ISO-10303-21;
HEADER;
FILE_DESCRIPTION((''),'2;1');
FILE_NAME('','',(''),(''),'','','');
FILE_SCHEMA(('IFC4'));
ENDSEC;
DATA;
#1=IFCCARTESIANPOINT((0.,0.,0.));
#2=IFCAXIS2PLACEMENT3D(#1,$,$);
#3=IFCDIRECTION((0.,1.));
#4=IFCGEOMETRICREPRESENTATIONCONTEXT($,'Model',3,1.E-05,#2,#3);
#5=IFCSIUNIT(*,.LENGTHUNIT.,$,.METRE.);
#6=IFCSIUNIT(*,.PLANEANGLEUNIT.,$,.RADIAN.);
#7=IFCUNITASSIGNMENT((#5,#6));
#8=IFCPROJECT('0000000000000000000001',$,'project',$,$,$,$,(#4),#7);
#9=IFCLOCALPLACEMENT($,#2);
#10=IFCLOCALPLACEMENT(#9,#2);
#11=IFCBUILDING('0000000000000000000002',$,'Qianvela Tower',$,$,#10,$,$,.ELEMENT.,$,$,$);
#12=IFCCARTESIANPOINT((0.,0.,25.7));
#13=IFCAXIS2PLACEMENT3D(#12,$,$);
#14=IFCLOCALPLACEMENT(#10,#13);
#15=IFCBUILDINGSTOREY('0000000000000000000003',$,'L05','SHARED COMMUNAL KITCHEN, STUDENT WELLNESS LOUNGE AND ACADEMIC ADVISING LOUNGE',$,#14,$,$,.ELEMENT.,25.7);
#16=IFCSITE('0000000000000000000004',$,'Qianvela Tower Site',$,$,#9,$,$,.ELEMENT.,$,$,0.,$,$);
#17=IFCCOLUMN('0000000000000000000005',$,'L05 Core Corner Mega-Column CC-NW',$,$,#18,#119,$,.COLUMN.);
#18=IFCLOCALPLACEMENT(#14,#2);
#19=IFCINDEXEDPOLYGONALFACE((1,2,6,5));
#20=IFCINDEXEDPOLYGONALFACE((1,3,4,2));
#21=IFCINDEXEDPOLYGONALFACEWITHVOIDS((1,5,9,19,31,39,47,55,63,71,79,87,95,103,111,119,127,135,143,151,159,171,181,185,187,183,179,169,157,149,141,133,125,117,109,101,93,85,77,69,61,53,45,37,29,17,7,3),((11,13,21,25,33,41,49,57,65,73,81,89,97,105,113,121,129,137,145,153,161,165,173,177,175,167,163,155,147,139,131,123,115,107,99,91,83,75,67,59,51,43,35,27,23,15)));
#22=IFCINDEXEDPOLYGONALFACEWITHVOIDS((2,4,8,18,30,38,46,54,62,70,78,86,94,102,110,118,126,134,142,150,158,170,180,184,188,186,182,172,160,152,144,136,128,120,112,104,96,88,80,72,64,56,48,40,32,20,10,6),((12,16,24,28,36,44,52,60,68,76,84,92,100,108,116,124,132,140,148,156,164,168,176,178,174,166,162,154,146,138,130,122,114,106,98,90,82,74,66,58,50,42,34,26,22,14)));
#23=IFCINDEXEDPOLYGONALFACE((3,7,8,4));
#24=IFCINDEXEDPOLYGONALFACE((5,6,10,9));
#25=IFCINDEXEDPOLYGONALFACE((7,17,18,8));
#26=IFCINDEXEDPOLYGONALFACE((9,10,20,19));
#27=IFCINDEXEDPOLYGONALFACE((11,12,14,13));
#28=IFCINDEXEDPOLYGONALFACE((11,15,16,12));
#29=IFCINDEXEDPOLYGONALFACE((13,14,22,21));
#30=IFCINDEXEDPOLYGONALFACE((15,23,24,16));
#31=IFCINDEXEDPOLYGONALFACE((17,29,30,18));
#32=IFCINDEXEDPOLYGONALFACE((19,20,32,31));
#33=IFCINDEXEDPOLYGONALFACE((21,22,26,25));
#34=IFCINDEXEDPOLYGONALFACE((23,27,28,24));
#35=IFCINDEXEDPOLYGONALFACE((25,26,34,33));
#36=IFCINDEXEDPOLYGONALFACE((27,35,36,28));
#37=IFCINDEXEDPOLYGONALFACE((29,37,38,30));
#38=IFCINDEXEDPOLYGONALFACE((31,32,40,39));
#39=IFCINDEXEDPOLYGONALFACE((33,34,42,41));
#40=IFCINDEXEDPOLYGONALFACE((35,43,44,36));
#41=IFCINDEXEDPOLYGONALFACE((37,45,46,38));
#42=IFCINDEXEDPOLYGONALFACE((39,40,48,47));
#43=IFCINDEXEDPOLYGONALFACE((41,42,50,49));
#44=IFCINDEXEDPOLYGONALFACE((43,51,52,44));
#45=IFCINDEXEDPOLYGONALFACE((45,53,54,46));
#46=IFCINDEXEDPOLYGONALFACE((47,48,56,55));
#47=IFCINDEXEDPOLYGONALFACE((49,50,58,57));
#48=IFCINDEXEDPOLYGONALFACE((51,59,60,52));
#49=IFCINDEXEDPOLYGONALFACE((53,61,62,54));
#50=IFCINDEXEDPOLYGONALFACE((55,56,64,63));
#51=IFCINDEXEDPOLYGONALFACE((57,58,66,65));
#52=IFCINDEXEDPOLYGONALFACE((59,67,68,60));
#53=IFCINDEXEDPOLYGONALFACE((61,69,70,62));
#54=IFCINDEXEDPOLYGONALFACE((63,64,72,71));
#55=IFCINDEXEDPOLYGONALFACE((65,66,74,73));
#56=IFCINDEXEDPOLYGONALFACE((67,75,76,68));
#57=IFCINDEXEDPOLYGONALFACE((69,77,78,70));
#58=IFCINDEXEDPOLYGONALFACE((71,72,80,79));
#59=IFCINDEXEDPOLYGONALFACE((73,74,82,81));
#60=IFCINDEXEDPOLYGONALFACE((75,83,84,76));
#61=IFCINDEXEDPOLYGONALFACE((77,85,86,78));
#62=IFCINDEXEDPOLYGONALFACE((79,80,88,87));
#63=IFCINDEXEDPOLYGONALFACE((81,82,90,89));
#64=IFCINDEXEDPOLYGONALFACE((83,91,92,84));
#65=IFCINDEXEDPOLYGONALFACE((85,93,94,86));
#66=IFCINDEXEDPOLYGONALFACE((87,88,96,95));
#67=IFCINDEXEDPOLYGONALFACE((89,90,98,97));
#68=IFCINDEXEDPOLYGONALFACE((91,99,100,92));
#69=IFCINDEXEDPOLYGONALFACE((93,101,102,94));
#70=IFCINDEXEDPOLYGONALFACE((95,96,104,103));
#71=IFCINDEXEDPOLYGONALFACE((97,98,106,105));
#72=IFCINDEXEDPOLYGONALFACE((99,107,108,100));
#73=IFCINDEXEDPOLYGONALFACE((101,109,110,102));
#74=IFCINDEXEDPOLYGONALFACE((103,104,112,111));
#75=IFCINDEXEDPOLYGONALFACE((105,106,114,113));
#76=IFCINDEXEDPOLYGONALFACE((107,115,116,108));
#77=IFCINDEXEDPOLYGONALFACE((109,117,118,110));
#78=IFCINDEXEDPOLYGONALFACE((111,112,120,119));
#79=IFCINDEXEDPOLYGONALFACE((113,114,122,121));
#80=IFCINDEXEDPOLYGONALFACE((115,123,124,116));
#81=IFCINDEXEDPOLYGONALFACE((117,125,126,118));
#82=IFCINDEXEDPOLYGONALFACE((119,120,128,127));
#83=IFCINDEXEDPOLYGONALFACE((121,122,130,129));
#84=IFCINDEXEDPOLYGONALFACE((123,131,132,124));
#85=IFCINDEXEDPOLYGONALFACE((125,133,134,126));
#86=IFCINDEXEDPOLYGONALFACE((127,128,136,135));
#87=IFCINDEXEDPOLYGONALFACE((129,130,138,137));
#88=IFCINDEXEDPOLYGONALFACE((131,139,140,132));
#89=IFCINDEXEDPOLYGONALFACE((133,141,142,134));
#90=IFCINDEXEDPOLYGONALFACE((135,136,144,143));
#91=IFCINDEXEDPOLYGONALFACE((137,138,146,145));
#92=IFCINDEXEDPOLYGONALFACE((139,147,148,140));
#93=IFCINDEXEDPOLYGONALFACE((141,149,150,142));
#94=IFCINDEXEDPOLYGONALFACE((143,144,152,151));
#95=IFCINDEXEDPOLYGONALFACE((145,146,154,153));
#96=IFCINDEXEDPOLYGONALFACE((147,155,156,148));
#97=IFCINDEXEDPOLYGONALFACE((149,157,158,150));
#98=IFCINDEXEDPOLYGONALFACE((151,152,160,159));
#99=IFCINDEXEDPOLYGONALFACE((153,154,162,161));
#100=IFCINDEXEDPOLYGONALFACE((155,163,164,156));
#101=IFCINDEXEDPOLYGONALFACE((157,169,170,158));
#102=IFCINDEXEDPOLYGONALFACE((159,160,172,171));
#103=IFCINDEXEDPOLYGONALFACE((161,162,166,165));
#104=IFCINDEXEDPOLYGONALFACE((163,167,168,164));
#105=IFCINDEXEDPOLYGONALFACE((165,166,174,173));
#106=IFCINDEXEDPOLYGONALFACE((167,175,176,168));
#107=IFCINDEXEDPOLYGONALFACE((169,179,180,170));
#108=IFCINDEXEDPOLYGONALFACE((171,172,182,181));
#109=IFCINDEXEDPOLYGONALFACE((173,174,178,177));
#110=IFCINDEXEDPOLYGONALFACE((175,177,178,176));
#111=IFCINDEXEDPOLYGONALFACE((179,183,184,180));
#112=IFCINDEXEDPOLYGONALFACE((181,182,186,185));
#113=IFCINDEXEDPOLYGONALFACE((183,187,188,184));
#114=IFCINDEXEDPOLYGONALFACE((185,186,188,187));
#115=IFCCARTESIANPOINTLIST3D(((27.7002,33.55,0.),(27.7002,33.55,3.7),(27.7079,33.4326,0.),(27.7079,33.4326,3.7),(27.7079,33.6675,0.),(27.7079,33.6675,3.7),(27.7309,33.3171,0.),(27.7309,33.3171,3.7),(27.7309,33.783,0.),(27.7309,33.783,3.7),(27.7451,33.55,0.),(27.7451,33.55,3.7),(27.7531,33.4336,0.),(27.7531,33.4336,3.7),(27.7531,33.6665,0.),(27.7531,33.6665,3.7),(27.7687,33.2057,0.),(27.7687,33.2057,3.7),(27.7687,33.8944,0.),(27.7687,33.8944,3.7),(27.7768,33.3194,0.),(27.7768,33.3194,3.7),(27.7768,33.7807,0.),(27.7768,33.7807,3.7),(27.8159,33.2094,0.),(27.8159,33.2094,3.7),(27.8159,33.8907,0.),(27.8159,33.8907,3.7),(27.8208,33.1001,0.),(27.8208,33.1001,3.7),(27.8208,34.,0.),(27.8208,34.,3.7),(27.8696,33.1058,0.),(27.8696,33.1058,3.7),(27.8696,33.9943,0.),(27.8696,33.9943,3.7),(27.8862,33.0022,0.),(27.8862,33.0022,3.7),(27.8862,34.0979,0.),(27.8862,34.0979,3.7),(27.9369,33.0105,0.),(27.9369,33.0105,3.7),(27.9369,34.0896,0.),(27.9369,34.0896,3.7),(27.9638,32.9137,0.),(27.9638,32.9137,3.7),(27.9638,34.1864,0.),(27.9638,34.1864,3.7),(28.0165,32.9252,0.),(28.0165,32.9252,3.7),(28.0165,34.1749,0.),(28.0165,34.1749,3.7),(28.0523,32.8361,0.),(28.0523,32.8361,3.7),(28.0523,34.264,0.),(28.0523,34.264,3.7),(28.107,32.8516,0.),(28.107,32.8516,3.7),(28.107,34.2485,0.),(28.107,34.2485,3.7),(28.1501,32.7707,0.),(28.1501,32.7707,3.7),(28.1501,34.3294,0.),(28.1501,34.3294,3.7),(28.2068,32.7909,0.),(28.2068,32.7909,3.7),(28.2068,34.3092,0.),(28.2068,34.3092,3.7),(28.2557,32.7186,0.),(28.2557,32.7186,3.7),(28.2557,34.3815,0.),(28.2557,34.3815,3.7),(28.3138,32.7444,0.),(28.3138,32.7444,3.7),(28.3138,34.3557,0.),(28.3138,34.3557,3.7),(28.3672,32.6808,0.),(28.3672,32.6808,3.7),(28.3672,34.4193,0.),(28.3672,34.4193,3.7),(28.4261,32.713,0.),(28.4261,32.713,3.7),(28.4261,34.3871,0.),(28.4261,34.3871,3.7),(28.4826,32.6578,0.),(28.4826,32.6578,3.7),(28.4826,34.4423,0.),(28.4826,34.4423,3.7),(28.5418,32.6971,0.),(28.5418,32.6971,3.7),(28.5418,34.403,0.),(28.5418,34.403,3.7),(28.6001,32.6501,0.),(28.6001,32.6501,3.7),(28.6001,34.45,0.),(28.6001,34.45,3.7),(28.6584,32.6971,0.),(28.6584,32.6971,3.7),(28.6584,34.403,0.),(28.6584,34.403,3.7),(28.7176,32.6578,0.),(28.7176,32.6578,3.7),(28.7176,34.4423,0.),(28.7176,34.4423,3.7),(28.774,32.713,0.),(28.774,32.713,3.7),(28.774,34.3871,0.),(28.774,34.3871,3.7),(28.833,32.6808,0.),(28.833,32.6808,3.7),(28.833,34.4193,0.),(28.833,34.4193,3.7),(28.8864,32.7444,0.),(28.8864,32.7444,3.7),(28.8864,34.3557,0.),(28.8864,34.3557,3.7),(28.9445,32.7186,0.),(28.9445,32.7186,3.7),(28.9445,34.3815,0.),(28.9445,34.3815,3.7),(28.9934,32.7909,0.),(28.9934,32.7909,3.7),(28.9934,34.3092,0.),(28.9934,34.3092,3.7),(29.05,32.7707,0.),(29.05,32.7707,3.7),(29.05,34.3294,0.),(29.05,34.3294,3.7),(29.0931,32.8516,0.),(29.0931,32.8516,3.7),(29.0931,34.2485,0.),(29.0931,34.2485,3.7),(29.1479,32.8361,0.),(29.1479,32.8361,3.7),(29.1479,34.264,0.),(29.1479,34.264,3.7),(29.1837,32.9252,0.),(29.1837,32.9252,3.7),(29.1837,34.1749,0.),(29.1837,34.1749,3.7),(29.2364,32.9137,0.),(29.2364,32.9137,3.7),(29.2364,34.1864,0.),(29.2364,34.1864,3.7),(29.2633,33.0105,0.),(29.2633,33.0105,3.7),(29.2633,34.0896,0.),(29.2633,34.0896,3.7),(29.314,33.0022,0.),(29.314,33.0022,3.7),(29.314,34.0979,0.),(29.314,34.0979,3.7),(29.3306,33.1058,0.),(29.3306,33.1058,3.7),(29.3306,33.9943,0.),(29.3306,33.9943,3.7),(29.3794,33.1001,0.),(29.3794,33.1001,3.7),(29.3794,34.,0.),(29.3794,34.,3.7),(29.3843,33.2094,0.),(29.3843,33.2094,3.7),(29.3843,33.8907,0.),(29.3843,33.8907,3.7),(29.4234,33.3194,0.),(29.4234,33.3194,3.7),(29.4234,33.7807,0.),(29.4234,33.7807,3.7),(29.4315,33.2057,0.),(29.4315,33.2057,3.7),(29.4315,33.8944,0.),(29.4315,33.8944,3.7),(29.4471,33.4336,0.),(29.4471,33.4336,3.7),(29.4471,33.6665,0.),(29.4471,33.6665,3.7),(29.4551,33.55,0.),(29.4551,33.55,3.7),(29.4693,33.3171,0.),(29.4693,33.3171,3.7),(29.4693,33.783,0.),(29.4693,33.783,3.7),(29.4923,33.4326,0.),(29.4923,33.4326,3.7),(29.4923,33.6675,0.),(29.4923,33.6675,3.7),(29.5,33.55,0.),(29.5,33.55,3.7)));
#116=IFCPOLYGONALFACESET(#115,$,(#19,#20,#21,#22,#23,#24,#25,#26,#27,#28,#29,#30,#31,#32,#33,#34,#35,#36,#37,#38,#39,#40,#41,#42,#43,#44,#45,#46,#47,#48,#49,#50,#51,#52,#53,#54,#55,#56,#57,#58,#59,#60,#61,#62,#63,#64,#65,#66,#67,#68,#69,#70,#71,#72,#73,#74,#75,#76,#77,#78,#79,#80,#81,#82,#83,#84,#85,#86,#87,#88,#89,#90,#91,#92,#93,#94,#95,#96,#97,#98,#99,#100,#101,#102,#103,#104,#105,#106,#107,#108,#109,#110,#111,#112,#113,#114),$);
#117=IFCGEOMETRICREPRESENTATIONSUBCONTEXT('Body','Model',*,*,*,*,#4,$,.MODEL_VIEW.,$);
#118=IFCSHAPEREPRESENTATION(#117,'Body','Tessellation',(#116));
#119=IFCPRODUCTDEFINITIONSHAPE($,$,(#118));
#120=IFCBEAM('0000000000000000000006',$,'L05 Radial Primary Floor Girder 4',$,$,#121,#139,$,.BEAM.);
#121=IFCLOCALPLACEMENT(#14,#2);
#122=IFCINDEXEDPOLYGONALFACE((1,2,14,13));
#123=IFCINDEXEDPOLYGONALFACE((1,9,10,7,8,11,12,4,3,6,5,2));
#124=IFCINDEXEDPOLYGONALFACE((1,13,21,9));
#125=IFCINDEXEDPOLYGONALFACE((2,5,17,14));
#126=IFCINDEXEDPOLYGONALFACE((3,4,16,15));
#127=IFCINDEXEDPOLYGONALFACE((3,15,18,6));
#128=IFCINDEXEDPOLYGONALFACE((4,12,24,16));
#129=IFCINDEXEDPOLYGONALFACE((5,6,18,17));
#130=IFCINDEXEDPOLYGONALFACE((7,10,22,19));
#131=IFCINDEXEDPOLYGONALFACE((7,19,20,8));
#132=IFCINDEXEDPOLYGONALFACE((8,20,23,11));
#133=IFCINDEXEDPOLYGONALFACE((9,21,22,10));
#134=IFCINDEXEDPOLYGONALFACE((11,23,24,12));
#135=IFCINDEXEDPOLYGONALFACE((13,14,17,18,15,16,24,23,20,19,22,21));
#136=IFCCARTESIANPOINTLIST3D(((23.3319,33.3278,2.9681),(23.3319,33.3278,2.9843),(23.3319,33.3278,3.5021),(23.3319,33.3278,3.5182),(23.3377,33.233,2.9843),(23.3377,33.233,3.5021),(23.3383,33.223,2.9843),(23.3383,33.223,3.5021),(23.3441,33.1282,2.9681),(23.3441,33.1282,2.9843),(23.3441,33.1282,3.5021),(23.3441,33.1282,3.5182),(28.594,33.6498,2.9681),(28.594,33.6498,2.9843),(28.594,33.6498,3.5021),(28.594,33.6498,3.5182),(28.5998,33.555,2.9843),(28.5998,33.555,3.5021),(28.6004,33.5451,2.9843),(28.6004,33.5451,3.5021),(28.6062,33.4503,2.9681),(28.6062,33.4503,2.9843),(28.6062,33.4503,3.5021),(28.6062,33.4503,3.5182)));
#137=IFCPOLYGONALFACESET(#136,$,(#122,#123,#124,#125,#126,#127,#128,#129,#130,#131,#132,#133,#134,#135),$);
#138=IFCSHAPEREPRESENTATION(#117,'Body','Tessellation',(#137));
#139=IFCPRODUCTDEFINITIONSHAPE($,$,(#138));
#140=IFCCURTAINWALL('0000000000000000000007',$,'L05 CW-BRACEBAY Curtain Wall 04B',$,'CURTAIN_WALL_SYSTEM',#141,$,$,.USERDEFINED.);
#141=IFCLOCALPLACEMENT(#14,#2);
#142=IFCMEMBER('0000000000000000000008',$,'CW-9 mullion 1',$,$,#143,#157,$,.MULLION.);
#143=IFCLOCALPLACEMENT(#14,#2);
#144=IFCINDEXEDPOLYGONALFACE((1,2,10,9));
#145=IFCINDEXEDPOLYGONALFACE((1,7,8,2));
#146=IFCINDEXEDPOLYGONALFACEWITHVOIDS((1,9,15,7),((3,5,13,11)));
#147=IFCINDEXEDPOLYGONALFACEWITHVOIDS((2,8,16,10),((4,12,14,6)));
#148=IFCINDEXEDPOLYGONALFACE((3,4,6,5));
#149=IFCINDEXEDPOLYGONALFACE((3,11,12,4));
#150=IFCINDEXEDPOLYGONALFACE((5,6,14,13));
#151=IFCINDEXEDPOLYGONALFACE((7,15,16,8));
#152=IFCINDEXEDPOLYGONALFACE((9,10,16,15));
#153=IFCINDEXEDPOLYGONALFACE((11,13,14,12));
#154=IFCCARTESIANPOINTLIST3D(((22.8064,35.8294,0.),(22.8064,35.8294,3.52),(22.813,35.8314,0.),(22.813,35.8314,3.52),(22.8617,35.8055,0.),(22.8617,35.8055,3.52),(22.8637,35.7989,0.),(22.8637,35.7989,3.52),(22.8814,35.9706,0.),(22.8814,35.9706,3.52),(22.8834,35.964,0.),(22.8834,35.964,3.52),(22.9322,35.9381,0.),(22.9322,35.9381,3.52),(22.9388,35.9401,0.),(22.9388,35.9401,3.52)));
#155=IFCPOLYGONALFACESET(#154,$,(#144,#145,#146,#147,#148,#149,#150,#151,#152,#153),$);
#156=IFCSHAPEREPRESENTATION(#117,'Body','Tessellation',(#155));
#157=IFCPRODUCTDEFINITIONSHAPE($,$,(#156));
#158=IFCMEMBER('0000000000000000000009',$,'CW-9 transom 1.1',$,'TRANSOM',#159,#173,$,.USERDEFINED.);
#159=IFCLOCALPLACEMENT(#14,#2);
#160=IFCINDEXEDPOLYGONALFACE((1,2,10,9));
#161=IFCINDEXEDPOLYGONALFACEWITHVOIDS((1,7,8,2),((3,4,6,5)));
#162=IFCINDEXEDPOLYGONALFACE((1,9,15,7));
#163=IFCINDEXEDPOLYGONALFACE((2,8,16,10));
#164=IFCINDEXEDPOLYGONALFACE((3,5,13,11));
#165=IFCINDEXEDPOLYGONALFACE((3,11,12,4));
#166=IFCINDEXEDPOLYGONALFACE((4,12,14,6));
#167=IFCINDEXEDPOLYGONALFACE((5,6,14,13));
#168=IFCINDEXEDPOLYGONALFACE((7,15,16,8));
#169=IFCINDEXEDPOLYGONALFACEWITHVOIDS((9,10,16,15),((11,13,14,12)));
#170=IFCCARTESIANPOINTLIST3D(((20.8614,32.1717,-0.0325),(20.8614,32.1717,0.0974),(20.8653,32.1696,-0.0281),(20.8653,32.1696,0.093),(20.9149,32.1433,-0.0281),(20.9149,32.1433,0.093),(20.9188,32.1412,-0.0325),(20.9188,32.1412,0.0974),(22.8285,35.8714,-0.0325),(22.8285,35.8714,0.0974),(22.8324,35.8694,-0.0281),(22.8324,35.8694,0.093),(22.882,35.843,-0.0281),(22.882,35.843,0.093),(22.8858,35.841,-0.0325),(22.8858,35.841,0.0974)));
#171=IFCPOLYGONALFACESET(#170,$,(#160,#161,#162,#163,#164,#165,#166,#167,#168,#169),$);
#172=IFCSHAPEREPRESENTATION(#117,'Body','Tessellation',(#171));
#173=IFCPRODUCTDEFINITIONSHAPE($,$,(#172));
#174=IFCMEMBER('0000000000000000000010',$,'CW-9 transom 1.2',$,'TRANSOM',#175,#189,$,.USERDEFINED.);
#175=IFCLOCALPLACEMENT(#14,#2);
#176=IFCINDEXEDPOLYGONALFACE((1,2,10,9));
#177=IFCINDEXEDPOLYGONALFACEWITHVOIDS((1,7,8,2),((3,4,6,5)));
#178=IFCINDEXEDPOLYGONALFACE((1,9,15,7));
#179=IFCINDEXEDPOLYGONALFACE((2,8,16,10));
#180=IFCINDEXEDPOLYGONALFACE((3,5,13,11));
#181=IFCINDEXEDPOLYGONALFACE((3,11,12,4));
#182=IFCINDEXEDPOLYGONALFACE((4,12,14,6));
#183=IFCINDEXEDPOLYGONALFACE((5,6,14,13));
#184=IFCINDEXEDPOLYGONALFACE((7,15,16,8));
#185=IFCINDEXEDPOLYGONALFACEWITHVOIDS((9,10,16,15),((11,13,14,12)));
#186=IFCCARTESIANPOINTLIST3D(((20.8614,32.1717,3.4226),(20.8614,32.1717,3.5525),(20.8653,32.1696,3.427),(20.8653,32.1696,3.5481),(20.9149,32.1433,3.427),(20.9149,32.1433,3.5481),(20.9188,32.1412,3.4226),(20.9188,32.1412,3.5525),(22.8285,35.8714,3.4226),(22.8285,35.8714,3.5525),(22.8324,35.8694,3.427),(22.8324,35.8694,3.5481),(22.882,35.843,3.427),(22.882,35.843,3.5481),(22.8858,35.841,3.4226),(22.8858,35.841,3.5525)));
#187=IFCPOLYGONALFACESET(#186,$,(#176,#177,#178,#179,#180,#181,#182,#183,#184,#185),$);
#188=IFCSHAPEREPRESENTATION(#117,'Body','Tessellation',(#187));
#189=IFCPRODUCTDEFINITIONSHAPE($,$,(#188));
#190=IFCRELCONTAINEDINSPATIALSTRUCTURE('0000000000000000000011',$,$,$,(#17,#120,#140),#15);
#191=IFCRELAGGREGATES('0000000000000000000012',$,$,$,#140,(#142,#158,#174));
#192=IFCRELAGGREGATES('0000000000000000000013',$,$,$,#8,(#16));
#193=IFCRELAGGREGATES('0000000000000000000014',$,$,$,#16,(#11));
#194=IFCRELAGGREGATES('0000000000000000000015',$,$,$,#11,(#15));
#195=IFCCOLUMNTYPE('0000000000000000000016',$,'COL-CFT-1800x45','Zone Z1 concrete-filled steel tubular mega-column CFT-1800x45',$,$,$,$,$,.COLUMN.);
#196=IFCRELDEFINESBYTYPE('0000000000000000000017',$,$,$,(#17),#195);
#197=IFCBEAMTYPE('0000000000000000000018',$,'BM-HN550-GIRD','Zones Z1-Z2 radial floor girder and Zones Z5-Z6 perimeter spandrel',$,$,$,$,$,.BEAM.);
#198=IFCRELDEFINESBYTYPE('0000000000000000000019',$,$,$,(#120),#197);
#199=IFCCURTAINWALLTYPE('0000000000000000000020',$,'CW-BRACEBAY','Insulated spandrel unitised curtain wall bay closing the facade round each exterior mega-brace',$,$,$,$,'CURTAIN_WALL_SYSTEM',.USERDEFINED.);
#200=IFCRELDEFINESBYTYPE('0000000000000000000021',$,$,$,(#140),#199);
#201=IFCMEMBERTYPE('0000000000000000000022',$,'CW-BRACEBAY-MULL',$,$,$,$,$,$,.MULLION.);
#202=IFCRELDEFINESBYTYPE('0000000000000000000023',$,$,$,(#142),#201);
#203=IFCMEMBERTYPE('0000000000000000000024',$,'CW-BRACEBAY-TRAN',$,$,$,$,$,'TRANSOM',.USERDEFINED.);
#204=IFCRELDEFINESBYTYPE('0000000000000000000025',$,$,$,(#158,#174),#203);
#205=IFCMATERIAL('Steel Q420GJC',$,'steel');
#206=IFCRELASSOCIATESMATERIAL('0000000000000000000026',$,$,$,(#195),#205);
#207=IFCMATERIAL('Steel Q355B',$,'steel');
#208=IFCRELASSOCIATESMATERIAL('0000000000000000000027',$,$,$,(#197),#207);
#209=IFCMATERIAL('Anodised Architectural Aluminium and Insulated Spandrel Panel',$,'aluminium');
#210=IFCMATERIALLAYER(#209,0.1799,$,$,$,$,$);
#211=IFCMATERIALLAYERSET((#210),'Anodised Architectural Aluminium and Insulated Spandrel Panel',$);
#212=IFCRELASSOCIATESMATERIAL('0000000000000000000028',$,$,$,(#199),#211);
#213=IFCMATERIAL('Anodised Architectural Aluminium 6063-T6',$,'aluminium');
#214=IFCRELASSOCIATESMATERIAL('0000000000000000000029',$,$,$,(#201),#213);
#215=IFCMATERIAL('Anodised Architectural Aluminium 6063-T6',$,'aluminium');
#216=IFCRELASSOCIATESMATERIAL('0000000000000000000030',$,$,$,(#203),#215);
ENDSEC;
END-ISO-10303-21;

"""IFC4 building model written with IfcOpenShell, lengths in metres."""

from ifc_helpers import new_model, si_unit, direction, frame, origin, origin_2d, place, context, subcontext, project, spatial, hollow_rectangle, hollow_circle, i_section, extrude, material, layer, layer_set, material_profile, profile_set, type_object, element, aggregate, save


model = new_model("IFC4")

# Units and contexts
model_context = context("Model", 3, precision=1e-05, world=origin(), true_north=direction((0.0, 1.0)))
body_context = subcontext(model_context, "Body", "Model", "MODEL_VIEW")
ifc_project = project(units=[si_unit("LENGTHUNIT", "METRE"), si_unit("PLANEANGLEUNIT", "RADIAN")], contexts=[model_context])

# Site, building, storey
site_placement = place(None, origin())
site = spatial("IfcSite", under=ifc_project, at=site_placement, Name="Qianvela Tower Site", CompositionType="ELEMENT", RefElevation=0.0)
building_placement = place(site_placement, origin())
building = spatial("IfcBuilding", under=site, at=building_placement, Name="Qianvela Tower", CompositionType="ELEMENT")
storey_placement = place(building_placement, frame((0.0, 0.0, 25.7)))
storey = spatial("IfcBuildingStorey", under=building, at=storey_placement, Name="L05", Description="SHARED COMMUNAL KITCHEN, STUDENT WELLNESS LOUNGE AND ACADEMIC ADVISING LOUNGE", CompositionType="ELEMENT", Elevation=25.7)

# Column
ifc_material_1 = material(Name="Steel Q420GJC", Category="steel")
ifc_material_profile_1 = material_profile(ifc_material_1, hollow_circle(Radius=0.8999, WallThickness=0.0449, at=origin_2d()), Name="CFT-1800x45")
ifc_profile_set_1 = profile_set([ifc_material_profile_1], Name="Steel Q420GJC")
column_type = type_object("IfcColumnType", Name="COL-CFT-1800x45", Description="Zone Z1 concrete-filled steel tubular mega-column CFT-1800x45", PredefinedType="COLUMN", material=ifc_profile_set_1)
column_placement = place(storey_placement, frame((28.6001, 33.55, 0.0), z_axis=(0.0, 0.0, 1.0), x_axis=(1.0, 0.0, 0.0)))
element("IfcColumn", 1, at=column_placement, inside=storey, type_object=column_type, Name="L05 Core Corner Mega-Column CC-NW", PredefinedType="COLUMN", context=body_context, shape_type="SweptSolid", body=[
    extrude(hollow_circle(Radius=0.8999, WallThickness=0.0449, at=origin_2d()), origin(), (0.0, 0.0, 1.0), 3.7),
])

# Beam
ifc_material_2 = material(Name="Steel Q355B", Category="steel")
ifc_material_profile_2 = material_profile(ifc_material_2, i_section(OverallWidth=0.2, OverallDepth=0.55, WebThickness=0.01, FlangeThickness=0.0161, at=origin_2d()), Name="HN550x200x10x16")
ifc_profile_set_2 = profile_set([ifc_material_profile_2], Name="Steel Q355B")
beam_type = type_object("IfcBeamType", Name="BM-HN550-GIRD", Description="Zones Z1-Z2 radial floor girder and Zones Z5-Z6 perimeter spandrel", PredefinedType="BEAM", material=ifc_profile_set_2)
beam_placement = place(storey_placement, frame((28.6001, 33.55, 3.2432), z_axis=(-0.998133, -0.061081, 0.0), x_axis=(0.061081, -0.998133, 0.0)))
element("IfcBeam", 2, at=beam_placement, inside=storey, type_object=beam_type, Name="L05 Radial Primary Floor Girder 4", PredefinedType="BEAM", context=body_context, shape_type="SweptSolid", body=[
    extrude(i_section(OverallWidth=0.2, OverallDepth=0.55, WebThickness=0.01, FlangeThickness=0.0161, at=origin_2d()), origin(), (0.0, 0.0, 1.0), 5.272),
])

# Curtain wall, members
ifc_material_3 = material(Name="Anodised Architectural Aluminium and Insulated Spandrel Panel", Category="aluminium")
ifc_layer_1 = layer(ifc_material_3, 0.1799)
ifc_layer_set_1 = layer_set([ifc_layer_1], Name="Anodised Architectural Aluminium and Insulated Spandrel Panel")
curtain_wall_type_1 = type_object("IfcCurtainWallType", Name="CW-BRACEBAY", Description="Insulated spandrel unitised curtain wall bay closing the facade round each exterior mega-brace", ElementType="CURTAIN_WALL_SYSTEM", PredefinedType="USERDEFINED", material=ifc_layer_set_1)
curtain_wall_1_placement = place(storey_placement, origin())
curtain_wall_1 = element("IfcCurtainWall", 3, at=curtain_wall_1_placement, inside=storey, type_object=curtain_wall_type_1, Name="L05 CW-BRACEBAY Curtain Wall 04B", ObjectType="CURTAIN_WALL_SYSTEM", PredefinedType="USERDEFINED")
ifc_material_4 = material(Name="Anodised Architectural Aluminium 6063-T6", Category="aluminium")
ifc_material_profile_3 = material_profile(ifc_material_4, hollow_rectangle(XDim=0.0649, YDim=0.1599, WallThickness=0.0049, at=origin_2d()), Name="ALU-MULL-65x160")
ifc_profile_set_3 = profile_set([ifc_material_profile_3], Name="Anodised Architectural Aluminium 6063-T6")
member_type_1 = type_object("IfcMemberType", Name="CW-BRACEBAY-MULL", PredefinedType="MULLION", material=ifc_profile_set_3)
member_1_placement = place(storey_placement, frame((22.8726, 35.8848, 0.0), z_axis=(0.0, 0.0, 1.0), x_axis=(0.882943, -0.46948, 0.0)))
member_1 = element("IfcMember", 4, at=member_1_placement, type_object=member_type_1, Name="CW-9 mullion 1", PredefinedType="MULLION", context=body_context, shape_type="SweptSolid", body=[
    extrude(hollow_rectangle(XDim=0.0649, YDim=0.1599, WallThickness=0.0049, at=origin_2d()), origin(), (0.0, 0.0, 1.0), 3.52),
])
ifc_material_5 = material(Name="Anodised Architectural Aluminium 6063-T6", Category="aluminium")
ifc_material_profile_4 = material_profile(ifc_material_5, hollow_rectangle(XDim=0.0649, YDim=0.1299, WallThickness=0.0044, at=origin_2d()), Name="ALU-TRAN-65x130")
ifc_profile_set_4 = profile_set([ifc_material_profile_4], Name="Anodised Architectural Aluminium 6063-T6")
member_type_2 = type_object("IfcMemberType", Name="CW-BRACEBAY-TRAN", ElementType="TRANSOM", PredefinedType="USERDEFINED", material=ifc_profile_set_4)
member_2_placement = place(storey_placement, frame((22.8572, 35.8562, 0.0325), z_axis=(-0.469448, -0.88296, 0.0), x_axis=(0.88296, -0.469448, 0.0)))
member_2 = element("IfcMember", 5, at=member_2_placement, type_object=member_type_2, Name="CW-9 transom 1.1", ObjectType="TRANSOM", PredefinedType="USERDEFINED", context=body_context, shape_type="SweptSolid", body=[
    extrude(hollow_rectangle(XDim=0.0649, YDim=0.1299, WallThickness=0.0044, at=origin_2d()), origin(), (0.0, 0.0, 1.0), 4.1902),
])
member_3_placement = place(storey_placement, frame((22.8572, 35.8562, 3.4875), z_axis=(-0.469448, -0.88296, 0.0), x_axis=(0.88296, -0.469448, 0.0)))
member_3 = element("IfcMember", 6, at=member_3_placement, type_object=member_type_2, Name="CW-9 transom 1.2", ObjectType="TRANSOM", PredefinedType="USERDEFINED", context=body_context, shape_type="SweptSolid", body=[
    extrude(hollow_rectangle(XDim=0.0649, YDim=0.1299, WallThickness=0.0044, at=origin_2d()), origin(), (0.0, 0.0, 1.0), 4.1902),
])

aggregate(curtain_wall_1, [member_1, member_2, member_3])

save(model, "model.ifc")
